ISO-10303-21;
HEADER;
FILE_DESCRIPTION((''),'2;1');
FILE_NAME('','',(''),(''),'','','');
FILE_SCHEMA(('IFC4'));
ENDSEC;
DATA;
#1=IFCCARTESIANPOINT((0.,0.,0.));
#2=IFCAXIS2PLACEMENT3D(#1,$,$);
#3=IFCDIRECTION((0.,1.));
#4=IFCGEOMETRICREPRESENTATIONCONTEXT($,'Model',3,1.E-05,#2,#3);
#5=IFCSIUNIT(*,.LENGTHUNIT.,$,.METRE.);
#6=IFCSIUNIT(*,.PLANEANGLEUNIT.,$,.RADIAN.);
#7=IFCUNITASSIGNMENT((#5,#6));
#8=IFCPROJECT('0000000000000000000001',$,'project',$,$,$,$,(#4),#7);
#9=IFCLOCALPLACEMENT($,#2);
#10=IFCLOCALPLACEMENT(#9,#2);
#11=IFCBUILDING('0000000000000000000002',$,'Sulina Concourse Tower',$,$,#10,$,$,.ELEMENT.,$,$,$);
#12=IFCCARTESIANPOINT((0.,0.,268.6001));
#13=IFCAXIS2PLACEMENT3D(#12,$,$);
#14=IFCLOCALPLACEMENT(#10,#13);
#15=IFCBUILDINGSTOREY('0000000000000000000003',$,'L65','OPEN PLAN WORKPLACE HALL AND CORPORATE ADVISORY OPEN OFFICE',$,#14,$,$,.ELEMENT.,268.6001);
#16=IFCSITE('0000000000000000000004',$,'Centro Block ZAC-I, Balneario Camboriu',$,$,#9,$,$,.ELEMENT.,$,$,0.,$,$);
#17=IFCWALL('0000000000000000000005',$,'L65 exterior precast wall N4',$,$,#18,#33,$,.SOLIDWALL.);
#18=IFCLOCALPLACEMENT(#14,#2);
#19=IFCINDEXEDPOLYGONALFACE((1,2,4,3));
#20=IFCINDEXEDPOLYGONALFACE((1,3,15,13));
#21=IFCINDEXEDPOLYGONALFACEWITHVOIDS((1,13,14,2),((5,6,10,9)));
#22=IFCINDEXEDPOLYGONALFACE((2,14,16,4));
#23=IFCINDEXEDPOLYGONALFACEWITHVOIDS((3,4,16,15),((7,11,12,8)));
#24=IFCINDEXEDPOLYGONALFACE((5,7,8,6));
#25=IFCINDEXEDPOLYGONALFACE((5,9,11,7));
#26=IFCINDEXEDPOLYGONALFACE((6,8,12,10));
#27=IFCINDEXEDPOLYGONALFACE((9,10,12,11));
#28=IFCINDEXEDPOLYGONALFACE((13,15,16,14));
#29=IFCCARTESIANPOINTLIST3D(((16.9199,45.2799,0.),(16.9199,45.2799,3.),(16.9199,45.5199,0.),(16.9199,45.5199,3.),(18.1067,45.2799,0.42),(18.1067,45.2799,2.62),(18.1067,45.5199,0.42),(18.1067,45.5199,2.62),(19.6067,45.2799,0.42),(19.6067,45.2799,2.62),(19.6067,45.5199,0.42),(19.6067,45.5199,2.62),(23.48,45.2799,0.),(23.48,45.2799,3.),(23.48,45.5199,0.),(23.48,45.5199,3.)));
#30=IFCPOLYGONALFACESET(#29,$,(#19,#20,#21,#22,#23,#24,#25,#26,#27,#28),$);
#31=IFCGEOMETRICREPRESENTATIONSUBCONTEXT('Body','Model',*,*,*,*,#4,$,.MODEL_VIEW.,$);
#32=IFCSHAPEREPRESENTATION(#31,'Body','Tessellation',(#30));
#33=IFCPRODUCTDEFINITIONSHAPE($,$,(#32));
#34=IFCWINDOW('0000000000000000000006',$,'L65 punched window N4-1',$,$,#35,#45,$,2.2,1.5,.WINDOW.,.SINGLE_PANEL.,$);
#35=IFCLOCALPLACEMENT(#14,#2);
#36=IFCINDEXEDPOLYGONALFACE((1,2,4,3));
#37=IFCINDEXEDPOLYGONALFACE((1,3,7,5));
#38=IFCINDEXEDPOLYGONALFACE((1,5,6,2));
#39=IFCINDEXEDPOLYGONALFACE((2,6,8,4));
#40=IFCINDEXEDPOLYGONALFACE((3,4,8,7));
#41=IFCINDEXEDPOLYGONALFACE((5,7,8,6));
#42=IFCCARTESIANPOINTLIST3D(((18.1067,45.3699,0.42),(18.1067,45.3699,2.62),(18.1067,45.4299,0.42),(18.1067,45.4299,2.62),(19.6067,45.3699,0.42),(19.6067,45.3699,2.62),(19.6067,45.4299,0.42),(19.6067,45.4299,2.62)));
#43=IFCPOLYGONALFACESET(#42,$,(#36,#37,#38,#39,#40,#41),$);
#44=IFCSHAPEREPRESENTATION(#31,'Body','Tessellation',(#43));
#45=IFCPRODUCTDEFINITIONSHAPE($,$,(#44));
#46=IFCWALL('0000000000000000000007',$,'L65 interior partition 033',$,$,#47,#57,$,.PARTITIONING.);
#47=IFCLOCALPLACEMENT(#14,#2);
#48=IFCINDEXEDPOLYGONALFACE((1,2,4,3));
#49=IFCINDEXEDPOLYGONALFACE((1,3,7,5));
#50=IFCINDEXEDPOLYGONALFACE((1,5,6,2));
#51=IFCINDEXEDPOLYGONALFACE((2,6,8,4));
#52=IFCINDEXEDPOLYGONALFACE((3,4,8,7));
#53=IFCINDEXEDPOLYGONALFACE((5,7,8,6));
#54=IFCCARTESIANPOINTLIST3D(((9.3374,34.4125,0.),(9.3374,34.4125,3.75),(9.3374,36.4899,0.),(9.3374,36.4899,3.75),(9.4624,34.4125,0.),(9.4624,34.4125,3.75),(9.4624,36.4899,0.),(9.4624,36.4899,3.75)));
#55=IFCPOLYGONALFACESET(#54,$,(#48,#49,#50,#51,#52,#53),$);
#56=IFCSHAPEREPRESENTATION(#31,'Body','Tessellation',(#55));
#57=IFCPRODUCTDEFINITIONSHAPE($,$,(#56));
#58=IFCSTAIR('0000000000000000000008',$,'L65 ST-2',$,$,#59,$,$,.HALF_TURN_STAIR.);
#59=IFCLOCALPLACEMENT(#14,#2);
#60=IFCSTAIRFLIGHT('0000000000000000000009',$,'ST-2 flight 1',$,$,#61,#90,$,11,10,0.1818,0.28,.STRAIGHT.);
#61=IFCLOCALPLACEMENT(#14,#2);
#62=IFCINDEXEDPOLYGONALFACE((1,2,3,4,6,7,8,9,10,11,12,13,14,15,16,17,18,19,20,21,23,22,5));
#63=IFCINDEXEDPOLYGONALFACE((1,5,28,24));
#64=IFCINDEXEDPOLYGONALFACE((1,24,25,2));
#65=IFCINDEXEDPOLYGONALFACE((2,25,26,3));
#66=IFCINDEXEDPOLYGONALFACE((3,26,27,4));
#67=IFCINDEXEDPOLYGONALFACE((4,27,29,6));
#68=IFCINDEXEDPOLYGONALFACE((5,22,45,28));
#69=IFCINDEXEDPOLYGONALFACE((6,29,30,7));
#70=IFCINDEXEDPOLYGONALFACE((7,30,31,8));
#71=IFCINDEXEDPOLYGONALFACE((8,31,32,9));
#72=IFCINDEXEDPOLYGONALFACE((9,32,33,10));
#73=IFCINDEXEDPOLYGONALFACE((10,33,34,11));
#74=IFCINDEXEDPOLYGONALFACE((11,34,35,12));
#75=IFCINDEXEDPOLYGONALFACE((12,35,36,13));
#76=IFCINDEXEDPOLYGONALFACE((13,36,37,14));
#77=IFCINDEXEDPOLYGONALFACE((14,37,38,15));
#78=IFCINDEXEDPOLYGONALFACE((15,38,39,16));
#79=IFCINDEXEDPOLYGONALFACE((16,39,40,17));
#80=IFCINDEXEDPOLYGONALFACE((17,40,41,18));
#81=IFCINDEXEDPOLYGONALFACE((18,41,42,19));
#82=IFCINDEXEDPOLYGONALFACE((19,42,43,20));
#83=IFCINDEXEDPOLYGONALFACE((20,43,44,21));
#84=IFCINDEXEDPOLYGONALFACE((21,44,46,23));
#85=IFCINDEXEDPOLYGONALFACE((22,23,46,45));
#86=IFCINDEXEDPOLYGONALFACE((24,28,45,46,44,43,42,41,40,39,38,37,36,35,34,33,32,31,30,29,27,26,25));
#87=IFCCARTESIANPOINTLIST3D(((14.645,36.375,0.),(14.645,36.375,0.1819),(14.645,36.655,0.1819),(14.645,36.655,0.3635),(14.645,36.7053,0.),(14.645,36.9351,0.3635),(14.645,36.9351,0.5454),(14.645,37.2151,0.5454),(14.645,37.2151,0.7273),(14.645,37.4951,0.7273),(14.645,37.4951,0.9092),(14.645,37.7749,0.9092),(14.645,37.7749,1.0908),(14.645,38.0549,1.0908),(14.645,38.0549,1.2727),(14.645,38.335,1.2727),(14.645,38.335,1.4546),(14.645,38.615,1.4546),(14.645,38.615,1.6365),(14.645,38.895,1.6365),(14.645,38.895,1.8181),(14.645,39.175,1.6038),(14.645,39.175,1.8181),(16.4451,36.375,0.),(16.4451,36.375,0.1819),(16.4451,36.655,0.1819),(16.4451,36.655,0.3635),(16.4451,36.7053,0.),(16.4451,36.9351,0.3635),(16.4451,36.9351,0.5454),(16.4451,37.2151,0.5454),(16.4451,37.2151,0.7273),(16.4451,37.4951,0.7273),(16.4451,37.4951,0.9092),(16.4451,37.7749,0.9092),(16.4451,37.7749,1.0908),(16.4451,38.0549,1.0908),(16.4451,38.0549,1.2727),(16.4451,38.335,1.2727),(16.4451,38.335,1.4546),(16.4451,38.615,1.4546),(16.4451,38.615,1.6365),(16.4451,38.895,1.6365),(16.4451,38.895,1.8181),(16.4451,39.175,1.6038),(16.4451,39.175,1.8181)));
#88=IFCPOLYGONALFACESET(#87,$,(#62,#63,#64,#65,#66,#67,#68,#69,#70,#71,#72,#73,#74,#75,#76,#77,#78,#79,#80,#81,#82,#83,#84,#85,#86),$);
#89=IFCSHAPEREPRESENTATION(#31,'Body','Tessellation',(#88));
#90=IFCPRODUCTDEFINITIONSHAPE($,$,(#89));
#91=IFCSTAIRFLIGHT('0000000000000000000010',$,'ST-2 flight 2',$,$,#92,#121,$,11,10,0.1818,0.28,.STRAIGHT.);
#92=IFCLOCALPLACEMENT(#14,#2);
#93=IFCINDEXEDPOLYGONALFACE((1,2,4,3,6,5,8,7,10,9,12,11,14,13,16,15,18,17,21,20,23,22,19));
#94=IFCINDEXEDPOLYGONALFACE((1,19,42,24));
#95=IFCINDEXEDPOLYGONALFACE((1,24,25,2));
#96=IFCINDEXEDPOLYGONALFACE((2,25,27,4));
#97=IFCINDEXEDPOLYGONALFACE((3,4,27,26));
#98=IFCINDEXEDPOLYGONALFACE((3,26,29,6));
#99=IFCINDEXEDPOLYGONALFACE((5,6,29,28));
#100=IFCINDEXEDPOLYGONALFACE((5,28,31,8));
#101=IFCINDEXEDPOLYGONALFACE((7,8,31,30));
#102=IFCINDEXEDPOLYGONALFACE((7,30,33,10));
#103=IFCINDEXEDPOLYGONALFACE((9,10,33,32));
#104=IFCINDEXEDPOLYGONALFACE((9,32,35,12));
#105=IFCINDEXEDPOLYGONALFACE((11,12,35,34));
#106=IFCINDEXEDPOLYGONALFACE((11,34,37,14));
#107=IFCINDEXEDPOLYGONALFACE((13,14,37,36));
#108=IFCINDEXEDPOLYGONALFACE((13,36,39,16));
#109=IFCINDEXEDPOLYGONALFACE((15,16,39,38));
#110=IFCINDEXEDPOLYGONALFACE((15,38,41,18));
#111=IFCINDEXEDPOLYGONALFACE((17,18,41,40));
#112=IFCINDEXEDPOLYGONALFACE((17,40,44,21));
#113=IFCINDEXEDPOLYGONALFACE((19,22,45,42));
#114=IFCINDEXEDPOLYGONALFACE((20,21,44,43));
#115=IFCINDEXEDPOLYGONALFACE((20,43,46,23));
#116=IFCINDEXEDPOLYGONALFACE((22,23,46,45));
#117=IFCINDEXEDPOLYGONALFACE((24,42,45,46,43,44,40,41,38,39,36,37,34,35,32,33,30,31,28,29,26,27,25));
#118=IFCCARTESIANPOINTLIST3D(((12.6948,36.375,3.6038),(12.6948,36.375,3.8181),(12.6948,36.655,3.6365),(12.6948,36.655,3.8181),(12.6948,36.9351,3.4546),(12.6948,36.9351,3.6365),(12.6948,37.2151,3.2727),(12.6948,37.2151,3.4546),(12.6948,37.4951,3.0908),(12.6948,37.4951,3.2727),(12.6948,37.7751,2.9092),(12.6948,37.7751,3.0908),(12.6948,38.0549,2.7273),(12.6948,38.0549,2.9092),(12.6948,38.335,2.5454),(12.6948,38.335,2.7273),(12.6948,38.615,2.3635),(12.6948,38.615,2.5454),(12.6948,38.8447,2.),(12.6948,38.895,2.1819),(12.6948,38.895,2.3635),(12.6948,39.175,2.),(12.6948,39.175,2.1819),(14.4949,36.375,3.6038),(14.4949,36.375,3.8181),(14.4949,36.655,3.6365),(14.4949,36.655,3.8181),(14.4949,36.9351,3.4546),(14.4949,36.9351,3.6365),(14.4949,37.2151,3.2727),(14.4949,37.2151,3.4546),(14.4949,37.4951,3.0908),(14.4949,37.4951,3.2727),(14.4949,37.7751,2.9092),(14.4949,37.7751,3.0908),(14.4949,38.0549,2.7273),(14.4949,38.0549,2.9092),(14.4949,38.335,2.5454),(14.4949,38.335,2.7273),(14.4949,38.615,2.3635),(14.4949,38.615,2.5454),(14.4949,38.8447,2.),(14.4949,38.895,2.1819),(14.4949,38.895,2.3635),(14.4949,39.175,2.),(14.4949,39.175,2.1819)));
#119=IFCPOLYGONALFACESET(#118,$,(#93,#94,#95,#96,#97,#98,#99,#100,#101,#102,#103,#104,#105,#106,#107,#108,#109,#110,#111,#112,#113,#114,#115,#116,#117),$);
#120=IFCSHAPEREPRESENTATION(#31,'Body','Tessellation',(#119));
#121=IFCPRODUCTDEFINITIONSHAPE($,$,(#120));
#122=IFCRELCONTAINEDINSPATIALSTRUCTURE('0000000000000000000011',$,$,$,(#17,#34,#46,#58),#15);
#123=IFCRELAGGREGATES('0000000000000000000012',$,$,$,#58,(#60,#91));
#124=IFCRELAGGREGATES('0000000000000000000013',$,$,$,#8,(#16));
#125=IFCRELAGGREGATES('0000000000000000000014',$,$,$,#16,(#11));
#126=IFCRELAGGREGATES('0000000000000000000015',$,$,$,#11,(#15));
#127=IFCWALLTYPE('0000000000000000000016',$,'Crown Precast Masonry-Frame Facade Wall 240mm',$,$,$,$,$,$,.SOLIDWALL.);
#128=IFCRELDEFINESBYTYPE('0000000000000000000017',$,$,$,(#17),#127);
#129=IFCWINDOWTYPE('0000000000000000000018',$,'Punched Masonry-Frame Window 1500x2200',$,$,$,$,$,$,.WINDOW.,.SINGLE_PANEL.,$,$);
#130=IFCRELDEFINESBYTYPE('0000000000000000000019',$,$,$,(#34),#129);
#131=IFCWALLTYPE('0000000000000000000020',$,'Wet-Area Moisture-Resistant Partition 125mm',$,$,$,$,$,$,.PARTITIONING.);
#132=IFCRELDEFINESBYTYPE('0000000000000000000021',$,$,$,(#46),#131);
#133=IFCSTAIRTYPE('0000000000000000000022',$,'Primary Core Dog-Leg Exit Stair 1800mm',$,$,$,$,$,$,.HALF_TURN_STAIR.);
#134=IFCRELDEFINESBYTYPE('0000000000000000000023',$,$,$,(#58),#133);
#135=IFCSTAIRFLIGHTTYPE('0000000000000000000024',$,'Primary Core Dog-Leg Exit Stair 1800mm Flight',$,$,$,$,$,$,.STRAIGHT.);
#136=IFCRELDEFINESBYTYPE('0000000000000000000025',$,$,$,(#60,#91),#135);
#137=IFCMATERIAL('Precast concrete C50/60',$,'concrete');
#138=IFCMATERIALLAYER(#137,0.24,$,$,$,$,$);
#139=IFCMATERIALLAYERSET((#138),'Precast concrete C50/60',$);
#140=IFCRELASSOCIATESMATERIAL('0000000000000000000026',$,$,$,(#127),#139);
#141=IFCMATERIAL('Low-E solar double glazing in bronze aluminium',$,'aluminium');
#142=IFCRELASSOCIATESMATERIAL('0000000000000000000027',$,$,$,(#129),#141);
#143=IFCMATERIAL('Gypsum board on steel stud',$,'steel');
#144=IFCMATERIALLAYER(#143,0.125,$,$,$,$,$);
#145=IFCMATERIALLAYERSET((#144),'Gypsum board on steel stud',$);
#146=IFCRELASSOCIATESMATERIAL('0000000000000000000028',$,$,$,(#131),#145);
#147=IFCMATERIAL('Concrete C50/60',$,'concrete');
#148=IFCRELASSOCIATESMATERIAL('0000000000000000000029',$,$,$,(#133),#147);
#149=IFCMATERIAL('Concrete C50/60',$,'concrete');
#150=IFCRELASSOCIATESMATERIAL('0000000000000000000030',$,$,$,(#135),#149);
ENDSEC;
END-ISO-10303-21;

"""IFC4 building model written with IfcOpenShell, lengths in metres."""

from ifc_helpers import new_model, si_unit, direction, frame, frame_2d, origin, place, context, subcontext, project, spatial, polyline, rectangle, outline, extrude, material, layer, layer_set, type_object, element, fill, aggregate, save


model = new_model("IFC4")

# Units and contexts
model_context = context("Model", 3, precision=1e-05, world=origin(), true_north=direction((0.0, 1.0)))
body_context = subcontext(model_context, "Body", "Model", "MODEL_VIEW")
ifc_project = project(units=[si_unit("LENGTHUNIT", "METRE"), si_unit("PLANEANGLEUNIT", "RADIAN")], contexts=[model_context])

# Site, building, storey
site_placement = place(None, origin())
site = spatial("IfcSite", under=ifc_project, at=site_placement, Name="Centro Block ZAC-I, Balneario Camboriu", CompositionType="ELEMENT", RefElevation=0.0)
building_placement = place(site_placement, origin())
building = spatial("IfcBuilding", under=site, at=building_placement, Name="Sulina Concourse Tower", CompositionType="ELEMENT")
storey_placement = place(building_placement, frame((0.0, 0.0, 268.6001)))
storey = spatial("IfcBuildingStorey", under=building, at=storey_placement, Name="L65", Description="OPEN PLAN WORKPLACE HALL AND CORPORATE ADVISORY OPEN OFFICE", CompositionType="ELEMENT", Elevation=268.6001)

# Shared definitions
ifc_material_1 = material(Name="Precast concrete C50/60", Category="concrete")
ifc_layer_1 = layer(ifc_material_1, 0.24)
ifc_layer_set_1 = layer_set([ifc_layer_1], Name="Precast concrete C50/60")
wall_type_1 = type_object("IfcWallType", Name="Crown Precast Masonry-Frame Facade Wall 240mm", PredefinedType="SOLIDWALL", material=ifc_layer_set_1)

# Wall, opening, window
wall_1_placement = place(storey_placement, frame((16.9199, 45.3999, 0.0), z_axis=(0.0, 0.0, 1.0), x_axis=(1.0, 0.0, 0.0)))
wall_1 = element("IfcWall", 1, at=wall_1_placement, inside=storey, type_object=wall_type_1, Name="L65 exterior precast wall N4", PredefinedType="SOLIDWALL", context=body_context, shape_type="SweptSolid", body=[
    extrude(rectangle(XDim=6.5601, YDim=0.24, at=frame_2d((3.28, 0.0))), origin(), (0.0, 0.0, 1.0), 3.0),
])
opening_1_placement = place(wall_1_placement, frame((1.1868, 0.0, 0.4199)))
opening_1 = element("IfcOpeningElement", 2, at=opening_1_placement, cuts=wall_1, PredefinedType="OPENING", context=body_context, shape_type="SweptSolid", body=[
    extrude(rectangle(XDim=1.5, YDim=2.2, at=frame_2d((0.75, 1.1001))), frame((0.0, 0.1299, 0.0), z_axis=(0.0, -1.0, 0.0), x_axis=(1.0, 0.0, 0.0)), (0.0, 0.0, 1.0), 0.26),
])
ifc_material_2 = material(Name="Low-E solar double glazing in bronze aluminium", Category="aluminium")
window_type = type_object("IfcWindowType", Name="Punched Masonry-Frame Window 1500x2200", PartitioningType="SINGLE_PANEL", PredefinedType="WINDOW", material=ifc_material_2)
window_placement = place(opening_1_placement, origin())
window = element("IfcWindow", 3, at=window_placement, inside=storey, type_object=window_type, Name="L65 punched window N4-1", OverallHeight=2.2, OverallWidth=1.5, PartitioningType="SINGLE_PANEL", PredefinedType="WINDOW", context=body_context, shape_type="SweptSolid", body=[
    extrude(rectangle(XDim=1.5, YDim=2.2, at=frame_2d((0.75, 1.1001))), frame((0.0, 0.03, 0.0), z_axis=(0.0, -1.0, 0.0), x_axis=(1.0, 0.0, 0.0)), (0.0, 0.0, 1.0), 0.0601),
])
fill(opening_1, window)

# Wall
ifc_material_3 = material(Name="Gypsum board on steel stud", Category="steel")
ifc_layer_2 = layer(ifc_material_3, 0.125)
ifc_layer_set_2 = layer_set([ifc_layer_2], Name="Gypsum board on steel stud")
wall_type_2 = type_object("IfcWallType", Name="Wet-Area Moisture-Resistant Partition 125mm", PredefinedType="PARTITIONING", material=ifc_layer_set_2)
wall_2_placement = place(storey_placement, frame((9.3999, 34.4126, 0.0), z_axis=(0.0, 0.0, 1.0), x_axis=(0.0, 1.0, 0.0)))
element("IfcWall", 4, at=wall_2_placement, inside=storey, type_object=wall_type_2, Name="L65 interior partition 033", PredefinedType="PARTITIONING", context=body_context, shape_type="SweptSolid", body=[
    extrude(rectangle(XDim=2.0774, YDim=0.125, at=frame_2d((1.0386, 0.0))), origin(), (0.0, 0.0, 1.0), 3.75),
])

# Stair, stair flights
ifc_material_4 = material(Name="Concrete C50/60", Category="concrete")
stair_type = type_object("IfcStairType", Name="Primary Core Dog-Leg Exit Stair 1800mm", PredefinedType="HALF_TURN_STAIR", material=ifc_material_4)
stair_placement = place(storey_placement, origin())
stair = element("IfcStair", 5, at=stair_placement, inside=storey, type_object=stair_type, Name="L65 ST-2", PredefinedType="HALF_TURN_STAIR")
ifc_material_5 = material(Name="Concrete C50/60", Category="concrete")
stair_flight_type = type_object("IfcStairFlightType", Name="Primary Core Dog-Leg Exit Stair 1800mm Flight", PredefinedType="STRAIGHT", material=ifc_material_5)
stair_flight_1_placement = place(storey_placement, frame((15.5449, 36.375, 0.0), z_axis=(0.0, 0.0, 1.0), x_axis=(0.0, 1.0, 0.0)))
stair_flight_1 = element("IfcStairFlight", 6, at=stair_flight_1_placement, type_object=stair_flight_type, Name="ST-2 flight 1", NumberOfRisers=11, NumberOfTreads=10, PredefinedType="STRAIGHT", RiserHeight=0.1818, TreadLength=0.28, context=body_context, shape_type="SweptSolid", body=[
    extrude(outline(polyline([(0.0, 0.0), (0.0, 0.1819), (0.28, 0.1819), (0.28, 0.3635), (0.5601, 0.3635), (0.5601, 0.5454), (0.8401, 0.5454), (0.8401, 0.7273), (1.1201, 0.7273), (1.1201, 0.9092), (1.3999, 0.9092), (1.3999, 1.0908), (1.6799, 1.0908), (1.6799, 1.2727), (1.96, 1.2727), (1.96, 1.4546), (2.24, 1.4546), (2.24, 1.6365), (2.52, 1.6365), (2.52, 1.8181), (2.8, 1.8181), (2.8, 2.0), (2.8, 1.6038), (0.3303, 0.0), (0.0, 0.0)])), frame((0.0, 0.8999, 0.0), z_axis=(0.0, -1.0, 0.0), x_axis=(1.0, 0.0, 0.0)), (0.0, 0.0, 1.0), 1.8),
])
stair_flight_2_placement = place(storey_placement, frame((13.595, 39.175, 2.0), z_axis=(0.0, 0.0, 1.0), x_axis=(0.0, -1.0, 0.0)))
stair_flight_2 = element("IfcStairFlight", 7, at=stair_flight_2_placement, type_object=stair_flight_type, Name="ST-2 flight 2", NumberOfRisers=11, NumberOfTreads=10, PredefinedType="STRAIGHT", RiserHeight=0.1818, TreadLength=0.28, context=body_context, shape_type="SweptSolid", body=[
    extrude(outline(polyline([(0.0, 0.0), (0.0, 0.1819), (0.28, 0.1819), (0.28, 0.3635), (0.5601, 0.3635), (0.5601, 0.5454), (0.8401, 0.5454), (0.8401, 0.7273), (1.1201, 0.7273), (1.1201, 0.9092), (1.3999, 0.9092), (1.3999, 1.0908), (1.6799, 1.0908), (1.6799, 1.2727), (1.96, 1.2727), (1.96, 1.4546), (2.24, 1.4546), (2.24, 1.6365), (2.52, 1.6365), (2.52, 1.8181), (2.8, 1.8181), (2.8, 2.0), (2.8, 1.6038), (0.3303, 0.0), (0.0, 0.0)])), frame((0.0, 0.8999, 0.0), z_axis=(0.0, -1.0, 0.0), x_axis=(1.0, 0.0, 0.0)), (0.0, 0.0, 1.0), 1.8),
])
aggregate(stair, [stair_flight_1, stair_flight_2])

save(model, "model.ifc")
